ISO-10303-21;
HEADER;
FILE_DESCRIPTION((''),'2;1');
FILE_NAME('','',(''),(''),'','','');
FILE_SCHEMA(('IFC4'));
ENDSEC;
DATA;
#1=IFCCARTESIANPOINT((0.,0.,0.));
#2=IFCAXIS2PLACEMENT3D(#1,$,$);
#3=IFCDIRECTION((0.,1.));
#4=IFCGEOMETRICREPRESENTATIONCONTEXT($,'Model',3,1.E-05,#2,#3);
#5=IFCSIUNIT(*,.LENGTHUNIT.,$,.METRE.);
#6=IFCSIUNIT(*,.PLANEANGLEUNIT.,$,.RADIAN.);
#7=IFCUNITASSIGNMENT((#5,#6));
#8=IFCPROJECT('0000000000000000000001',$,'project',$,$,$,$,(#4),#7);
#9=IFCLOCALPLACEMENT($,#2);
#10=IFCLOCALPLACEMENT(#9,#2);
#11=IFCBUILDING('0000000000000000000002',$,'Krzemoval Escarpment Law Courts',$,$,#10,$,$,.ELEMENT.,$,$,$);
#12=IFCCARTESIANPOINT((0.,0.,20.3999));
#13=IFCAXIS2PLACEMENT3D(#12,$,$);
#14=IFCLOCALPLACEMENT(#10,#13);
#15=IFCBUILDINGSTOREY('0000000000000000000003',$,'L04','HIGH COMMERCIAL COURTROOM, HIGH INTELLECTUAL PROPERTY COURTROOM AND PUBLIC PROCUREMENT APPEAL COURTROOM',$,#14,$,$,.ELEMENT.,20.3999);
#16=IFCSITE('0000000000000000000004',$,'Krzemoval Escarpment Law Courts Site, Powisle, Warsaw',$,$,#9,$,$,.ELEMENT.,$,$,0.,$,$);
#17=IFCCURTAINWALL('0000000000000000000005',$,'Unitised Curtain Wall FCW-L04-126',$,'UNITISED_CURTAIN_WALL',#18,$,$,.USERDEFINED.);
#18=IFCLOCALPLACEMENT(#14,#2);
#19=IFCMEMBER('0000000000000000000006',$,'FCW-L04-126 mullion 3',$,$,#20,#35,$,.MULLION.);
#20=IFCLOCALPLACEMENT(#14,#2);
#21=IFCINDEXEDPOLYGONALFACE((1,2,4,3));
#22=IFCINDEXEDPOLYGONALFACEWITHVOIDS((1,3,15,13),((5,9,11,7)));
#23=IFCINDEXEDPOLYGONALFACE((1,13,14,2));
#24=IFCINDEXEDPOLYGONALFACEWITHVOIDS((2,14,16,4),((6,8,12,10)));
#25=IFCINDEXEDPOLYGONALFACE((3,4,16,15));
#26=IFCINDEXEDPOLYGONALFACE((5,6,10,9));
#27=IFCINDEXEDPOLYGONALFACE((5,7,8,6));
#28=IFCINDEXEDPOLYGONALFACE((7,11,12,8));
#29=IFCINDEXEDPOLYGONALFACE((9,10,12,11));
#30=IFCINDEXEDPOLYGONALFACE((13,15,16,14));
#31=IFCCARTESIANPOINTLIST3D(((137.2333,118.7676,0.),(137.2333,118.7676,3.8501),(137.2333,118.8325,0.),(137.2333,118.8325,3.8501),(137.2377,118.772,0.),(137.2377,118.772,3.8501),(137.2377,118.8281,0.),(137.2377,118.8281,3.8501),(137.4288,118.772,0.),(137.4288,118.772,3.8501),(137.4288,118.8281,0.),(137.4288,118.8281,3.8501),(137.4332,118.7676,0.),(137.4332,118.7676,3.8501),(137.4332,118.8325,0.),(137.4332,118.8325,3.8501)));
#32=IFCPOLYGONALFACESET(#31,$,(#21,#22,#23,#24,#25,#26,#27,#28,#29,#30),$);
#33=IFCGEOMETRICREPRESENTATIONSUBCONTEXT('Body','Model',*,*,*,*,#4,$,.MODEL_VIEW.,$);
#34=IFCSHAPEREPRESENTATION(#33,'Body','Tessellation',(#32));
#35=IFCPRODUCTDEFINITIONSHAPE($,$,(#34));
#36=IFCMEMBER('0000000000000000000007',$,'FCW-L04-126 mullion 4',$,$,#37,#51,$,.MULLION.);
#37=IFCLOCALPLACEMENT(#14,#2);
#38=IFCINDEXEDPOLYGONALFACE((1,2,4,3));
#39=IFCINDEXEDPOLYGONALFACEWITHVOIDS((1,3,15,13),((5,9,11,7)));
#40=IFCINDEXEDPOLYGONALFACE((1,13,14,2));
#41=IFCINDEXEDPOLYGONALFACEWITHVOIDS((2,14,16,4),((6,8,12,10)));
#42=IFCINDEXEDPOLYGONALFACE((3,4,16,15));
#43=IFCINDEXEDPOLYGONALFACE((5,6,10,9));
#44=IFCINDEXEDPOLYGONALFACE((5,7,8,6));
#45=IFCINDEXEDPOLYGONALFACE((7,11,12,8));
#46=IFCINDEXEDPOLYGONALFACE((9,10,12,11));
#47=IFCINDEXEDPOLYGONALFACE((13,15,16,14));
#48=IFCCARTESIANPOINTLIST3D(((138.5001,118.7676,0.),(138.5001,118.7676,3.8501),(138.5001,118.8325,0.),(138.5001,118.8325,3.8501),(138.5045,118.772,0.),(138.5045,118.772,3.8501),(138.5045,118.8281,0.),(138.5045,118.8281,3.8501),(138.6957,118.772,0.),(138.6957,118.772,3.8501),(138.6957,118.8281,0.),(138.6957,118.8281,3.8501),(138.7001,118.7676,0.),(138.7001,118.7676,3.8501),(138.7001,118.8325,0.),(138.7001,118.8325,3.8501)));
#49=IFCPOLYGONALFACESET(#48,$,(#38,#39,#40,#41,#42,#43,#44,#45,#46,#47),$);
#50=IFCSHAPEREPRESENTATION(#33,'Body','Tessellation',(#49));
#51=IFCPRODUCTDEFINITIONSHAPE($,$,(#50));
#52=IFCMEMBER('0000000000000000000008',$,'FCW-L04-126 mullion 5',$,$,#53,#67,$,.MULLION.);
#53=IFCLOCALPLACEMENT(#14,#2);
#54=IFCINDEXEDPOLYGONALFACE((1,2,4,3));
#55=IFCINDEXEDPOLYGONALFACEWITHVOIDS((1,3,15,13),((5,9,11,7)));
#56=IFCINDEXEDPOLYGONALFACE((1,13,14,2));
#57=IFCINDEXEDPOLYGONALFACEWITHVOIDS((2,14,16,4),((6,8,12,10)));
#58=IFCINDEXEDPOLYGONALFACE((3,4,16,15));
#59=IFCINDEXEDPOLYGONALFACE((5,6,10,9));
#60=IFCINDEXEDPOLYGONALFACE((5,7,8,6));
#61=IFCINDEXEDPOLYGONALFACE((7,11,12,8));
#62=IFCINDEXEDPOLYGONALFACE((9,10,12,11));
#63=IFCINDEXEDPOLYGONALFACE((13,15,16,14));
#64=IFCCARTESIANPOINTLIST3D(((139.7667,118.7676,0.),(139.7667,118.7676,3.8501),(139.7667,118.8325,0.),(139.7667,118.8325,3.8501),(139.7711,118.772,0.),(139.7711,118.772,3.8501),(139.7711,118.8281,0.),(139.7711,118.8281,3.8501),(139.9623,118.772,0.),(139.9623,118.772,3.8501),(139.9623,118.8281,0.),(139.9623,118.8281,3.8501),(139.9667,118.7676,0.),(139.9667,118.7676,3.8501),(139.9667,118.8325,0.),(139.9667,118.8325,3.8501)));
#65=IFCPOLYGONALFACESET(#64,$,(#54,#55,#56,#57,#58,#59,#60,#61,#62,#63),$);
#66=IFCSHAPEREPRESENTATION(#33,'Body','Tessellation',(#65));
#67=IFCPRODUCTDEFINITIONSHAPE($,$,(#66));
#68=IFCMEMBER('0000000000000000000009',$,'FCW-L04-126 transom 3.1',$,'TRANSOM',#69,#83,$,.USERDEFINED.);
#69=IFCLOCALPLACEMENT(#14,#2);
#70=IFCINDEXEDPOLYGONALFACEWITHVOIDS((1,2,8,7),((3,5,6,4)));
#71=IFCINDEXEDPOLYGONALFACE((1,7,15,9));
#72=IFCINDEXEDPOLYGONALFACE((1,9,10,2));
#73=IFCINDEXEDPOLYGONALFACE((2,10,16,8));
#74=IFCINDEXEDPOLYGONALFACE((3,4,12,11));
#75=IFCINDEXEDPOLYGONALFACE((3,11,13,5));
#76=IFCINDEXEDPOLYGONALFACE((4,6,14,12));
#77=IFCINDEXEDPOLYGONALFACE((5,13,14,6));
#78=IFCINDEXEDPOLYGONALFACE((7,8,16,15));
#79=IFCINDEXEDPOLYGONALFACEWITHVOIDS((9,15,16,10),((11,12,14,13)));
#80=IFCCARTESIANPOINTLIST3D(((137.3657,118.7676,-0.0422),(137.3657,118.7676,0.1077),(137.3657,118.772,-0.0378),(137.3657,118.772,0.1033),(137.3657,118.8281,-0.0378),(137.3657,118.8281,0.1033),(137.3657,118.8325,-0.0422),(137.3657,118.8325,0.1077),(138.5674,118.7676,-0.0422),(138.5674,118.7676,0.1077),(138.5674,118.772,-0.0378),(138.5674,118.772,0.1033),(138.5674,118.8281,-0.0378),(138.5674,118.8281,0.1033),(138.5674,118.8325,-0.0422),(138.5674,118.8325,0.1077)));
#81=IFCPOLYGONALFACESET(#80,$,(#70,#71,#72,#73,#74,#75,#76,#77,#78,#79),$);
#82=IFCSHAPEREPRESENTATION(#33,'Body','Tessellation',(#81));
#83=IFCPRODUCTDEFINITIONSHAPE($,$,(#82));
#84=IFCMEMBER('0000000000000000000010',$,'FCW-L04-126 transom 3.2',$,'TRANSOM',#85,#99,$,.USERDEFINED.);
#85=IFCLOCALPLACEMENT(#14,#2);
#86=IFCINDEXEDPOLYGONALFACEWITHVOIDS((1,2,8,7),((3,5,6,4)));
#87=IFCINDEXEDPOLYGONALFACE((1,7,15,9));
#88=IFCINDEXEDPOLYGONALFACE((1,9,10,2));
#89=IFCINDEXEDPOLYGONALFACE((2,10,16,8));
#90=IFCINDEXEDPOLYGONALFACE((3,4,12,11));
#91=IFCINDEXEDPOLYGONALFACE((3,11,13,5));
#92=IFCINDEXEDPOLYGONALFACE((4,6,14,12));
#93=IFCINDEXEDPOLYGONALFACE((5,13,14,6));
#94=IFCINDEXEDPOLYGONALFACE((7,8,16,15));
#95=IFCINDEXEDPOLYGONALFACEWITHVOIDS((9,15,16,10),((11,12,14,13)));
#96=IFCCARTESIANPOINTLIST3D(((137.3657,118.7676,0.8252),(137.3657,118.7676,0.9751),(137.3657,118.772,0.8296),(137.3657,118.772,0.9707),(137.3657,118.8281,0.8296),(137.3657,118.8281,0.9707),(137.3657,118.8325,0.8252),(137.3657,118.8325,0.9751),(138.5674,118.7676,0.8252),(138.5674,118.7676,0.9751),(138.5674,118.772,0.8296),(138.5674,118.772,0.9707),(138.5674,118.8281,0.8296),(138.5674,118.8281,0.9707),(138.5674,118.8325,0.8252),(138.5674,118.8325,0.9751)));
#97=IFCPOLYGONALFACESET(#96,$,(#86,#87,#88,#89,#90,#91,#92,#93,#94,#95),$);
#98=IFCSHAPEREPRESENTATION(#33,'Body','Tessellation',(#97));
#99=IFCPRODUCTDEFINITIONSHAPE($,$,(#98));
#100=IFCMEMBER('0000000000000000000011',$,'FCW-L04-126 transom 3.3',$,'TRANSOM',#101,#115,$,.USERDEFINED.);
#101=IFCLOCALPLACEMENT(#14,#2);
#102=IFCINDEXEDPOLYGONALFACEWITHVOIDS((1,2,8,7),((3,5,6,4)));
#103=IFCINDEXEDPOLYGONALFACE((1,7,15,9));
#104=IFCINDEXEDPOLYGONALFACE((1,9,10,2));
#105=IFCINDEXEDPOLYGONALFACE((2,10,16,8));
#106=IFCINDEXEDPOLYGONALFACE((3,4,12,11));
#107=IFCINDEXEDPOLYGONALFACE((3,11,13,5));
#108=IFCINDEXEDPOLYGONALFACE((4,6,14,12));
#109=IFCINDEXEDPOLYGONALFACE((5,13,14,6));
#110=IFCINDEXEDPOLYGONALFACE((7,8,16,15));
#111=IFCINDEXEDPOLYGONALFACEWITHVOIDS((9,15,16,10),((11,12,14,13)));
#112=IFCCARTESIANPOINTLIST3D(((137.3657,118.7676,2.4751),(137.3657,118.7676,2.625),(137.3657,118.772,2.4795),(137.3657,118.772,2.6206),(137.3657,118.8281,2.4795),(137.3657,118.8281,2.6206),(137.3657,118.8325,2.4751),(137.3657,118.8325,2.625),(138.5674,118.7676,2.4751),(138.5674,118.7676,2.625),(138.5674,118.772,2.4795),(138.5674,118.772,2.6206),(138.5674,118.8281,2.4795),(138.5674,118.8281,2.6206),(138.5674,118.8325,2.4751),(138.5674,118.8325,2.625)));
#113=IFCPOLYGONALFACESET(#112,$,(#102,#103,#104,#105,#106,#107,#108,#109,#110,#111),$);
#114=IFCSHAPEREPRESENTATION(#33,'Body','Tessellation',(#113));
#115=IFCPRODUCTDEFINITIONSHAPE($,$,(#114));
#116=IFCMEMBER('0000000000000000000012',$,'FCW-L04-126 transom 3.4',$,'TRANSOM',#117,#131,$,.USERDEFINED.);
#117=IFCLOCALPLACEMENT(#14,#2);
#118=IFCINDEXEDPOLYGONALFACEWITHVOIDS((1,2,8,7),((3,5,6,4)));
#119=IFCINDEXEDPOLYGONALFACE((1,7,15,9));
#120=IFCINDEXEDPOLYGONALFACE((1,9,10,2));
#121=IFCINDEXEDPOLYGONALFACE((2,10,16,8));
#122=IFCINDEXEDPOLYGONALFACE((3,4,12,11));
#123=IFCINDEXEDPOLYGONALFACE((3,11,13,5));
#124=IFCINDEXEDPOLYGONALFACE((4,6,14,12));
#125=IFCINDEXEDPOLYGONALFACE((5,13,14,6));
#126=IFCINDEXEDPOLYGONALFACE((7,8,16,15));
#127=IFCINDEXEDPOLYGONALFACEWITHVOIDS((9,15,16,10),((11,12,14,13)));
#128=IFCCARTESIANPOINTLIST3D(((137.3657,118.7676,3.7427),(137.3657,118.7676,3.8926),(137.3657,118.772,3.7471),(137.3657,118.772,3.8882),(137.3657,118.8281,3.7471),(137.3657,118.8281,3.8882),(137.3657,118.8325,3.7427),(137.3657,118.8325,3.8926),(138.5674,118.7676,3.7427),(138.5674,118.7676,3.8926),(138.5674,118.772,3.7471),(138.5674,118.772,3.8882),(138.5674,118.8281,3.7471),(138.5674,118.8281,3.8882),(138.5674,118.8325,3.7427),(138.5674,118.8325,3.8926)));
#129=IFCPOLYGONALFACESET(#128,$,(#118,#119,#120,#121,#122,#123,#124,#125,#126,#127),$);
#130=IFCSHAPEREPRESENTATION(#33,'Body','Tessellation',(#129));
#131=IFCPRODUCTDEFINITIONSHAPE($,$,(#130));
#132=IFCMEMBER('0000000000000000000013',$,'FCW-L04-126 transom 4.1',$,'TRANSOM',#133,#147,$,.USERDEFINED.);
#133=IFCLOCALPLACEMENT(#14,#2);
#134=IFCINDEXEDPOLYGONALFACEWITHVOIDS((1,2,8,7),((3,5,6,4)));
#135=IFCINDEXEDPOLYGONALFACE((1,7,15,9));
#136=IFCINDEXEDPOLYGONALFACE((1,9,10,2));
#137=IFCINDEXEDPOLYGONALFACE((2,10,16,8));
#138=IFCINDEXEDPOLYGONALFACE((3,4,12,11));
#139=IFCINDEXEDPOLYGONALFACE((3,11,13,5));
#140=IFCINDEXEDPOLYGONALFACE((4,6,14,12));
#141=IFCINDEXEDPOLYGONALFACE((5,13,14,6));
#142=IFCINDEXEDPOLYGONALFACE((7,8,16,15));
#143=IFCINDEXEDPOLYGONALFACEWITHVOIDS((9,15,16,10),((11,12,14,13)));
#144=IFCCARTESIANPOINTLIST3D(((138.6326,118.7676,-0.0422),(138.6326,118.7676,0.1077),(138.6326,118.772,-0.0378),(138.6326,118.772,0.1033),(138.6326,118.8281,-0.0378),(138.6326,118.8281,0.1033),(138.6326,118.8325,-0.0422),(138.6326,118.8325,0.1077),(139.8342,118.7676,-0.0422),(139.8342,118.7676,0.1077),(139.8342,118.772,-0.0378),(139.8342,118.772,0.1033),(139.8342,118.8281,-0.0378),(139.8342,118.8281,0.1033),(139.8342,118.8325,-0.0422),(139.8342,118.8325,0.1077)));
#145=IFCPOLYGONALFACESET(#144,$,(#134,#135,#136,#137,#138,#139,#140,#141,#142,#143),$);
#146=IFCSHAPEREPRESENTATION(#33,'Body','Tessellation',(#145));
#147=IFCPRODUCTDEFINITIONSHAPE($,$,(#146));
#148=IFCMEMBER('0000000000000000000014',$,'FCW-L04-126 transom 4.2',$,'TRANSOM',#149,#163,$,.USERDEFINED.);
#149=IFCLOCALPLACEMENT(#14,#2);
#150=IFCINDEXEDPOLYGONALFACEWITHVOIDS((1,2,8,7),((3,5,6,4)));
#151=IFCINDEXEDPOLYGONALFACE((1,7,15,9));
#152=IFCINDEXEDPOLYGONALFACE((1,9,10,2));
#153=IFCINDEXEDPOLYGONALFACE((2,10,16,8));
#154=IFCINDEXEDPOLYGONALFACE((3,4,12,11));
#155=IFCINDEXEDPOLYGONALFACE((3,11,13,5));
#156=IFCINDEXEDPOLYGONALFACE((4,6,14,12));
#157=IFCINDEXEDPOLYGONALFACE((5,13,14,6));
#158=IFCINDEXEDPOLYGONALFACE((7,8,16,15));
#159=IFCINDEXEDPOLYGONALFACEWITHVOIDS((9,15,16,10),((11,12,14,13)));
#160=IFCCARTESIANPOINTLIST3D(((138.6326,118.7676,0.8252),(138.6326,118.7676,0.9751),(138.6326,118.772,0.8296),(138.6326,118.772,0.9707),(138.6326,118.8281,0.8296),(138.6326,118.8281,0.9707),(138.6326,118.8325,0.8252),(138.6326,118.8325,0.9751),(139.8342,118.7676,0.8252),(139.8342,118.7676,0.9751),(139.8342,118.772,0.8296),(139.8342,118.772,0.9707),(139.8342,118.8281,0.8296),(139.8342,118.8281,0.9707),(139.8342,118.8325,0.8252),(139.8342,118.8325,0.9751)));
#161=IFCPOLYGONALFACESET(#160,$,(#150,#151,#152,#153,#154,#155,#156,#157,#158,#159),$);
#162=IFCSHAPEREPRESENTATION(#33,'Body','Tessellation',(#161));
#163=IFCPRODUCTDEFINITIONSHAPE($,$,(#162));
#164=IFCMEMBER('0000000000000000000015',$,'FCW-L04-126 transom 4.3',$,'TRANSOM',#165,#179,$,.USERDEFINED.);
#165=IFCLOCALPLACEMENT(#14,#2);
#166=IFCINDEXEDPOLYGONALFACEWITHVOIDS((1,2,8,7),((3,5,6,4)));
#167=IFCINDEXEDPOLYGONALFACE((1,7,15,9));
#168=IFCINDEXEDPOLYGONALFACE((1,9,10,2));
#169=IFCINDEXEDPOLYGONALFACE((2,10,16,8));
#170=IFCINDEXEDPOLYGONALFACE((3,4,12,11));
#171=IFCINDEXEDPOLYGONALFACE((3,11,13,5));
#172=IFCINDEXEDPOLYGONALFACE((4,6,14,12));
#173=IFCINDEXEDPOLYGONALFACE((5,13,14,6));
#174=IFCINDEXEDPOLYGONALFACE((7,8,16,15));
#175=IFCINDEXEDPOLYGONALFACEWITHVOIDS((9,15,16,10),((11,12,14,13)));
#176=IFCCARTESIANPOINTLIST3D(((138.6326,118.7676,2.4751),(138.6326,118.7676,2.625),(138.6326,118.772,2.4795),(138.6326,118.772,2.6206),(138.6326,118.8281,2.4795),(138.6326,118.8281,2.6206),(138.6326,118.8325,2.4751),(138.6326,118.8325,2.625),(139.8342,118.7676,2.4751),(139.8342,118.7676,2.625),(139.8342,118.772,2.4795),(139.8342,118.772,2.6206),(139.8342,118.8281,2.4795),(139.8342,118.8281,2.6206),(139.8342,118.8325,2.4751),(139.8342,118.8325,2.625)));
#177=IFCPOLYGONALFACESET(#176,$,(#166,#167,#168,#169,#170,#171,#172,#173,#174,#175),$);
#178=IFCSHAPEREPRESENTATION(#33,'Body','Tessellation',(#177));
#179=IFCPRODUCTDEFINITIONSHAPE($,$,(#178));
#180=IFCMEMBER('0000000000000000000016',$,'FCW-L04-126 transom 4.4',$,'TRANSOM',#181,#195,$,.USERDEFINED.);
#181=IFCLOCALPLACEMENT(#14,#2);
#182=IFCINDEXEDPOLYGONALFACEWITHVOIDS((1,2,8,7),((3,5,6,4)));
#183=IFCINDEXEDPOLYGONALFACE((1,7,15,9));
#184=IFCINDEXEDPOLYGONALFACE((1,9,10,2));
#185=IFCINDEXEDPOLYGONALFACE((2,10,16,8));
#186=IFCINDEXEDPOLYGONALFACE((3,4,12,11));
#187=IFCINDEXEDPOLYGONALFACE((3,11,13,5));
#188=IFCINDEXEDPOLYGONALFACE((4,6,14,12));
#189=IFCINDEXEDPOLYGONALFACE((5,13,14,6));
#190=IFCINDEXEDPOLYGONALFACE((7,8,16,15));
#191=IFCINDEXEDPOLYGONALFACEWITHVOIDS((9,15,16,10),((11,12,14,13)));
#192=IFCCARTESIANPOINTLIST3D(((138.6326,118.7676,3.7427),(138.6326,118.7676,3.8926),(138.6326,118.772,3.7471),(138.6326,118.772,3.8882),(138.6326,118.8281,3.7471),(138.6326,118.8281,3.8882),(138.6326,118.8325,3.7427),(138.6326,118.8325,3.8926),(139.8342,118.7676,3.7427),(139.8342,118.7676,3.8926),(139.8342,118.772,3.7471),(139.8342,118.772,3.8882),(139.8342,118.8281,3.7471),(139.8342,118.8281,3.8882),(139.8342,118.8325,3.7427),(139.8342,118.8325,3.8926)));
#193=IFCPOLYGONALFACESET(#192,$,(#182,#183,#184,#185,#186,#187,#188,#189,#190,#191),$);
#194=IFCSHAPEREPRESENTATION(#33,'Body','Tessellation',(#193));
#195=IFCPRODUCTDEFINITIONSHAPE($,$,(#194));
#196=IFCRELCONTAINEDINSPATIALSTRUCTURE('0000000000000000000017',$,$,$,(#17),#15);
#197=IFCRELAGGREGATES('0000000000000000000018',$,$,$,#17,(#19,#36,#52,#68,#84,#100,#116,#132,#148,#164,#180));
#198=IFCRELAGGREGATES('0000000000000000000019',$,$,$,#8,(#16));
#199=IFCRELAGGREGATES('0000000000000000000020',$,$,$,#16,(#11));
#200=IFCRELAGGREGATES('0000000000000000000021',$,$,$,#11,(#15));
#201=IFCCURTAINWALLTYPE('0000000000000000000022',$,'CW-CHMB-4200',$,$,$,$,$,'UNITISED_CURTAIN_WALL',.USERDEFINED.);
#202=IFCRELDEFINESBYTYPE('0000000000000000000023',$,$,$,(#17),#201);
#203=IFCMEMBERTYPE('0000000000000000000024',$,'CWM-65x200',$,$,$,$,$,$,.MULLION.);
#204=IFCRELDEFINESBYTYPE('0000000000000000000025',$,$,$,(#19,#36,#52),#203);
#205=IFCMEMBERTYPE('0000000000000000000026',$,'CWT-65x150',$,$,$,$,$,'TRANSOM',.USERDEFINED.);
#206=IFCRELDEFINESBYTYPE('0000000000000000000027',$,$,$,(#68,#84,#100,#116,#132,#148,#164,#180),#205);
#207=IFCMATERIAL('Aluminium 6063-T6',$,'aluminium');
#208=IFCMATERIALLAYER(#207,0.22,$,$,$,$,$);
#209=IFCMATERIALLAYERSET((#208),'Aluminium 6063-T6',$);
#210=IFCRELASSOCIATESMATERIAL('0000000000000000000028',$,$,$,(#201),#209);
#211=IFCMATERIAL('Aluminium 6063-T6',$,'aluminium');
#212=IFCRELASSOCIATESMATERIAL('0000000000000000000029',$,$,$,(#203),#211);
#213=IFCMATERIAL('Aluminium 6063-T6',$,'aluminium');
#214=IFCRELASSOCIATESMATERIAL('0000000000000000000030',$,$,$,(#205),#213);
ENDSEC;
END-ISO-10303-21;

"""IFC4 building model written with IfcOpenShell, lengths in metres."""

from ifc_helpers import new_model, si_unit, direction, frame, origin, origin_2d, place, context, subcontext, project, spatial, hollow_rectangle, extrude, material, layer, layer_set, material_profile, profile_set, type_object, element, aggregate, save


model = new_model("IFC4")

# Units and contexts
model_context = context("Model", 3, precision=1e-05, world=origin(), true_north=direction((0.0, 1.0)))
body_context = subcontext(model_context, "Body", "Model", "MODEL_VIEW")
ifc_project = project(units=[si_unit("LENGTHUNIT", "METRE"), si_unit("PLANEANGLEUNIT", "RADIAN")], contexts=[model_context])

# Site, building, storey
site_placement = place(None, origin())
site = spatial("IfcSite", under=ifc_project, at=site_placement, Name="Krzemoval Escarpment Law Courts Site, Powisle, Warsaw", CompositionType="ELEMENT", RefElevation=0.0)
building_placement = place(site_placement, origin())
building = spatial("IfcBuilding", under=site, at=building_placement, Name="Krzemoval Escarpment Law Courts", CompositionType="ELEMENT")
storey_placement = place(building_placement, frame((0.0, 0.0, 20.3999)))
storey = spatial("IfcBuildingStorey", under=building, at=storey_placement, Name="L04", Description="HIGH COMMERCIAL COURTROOM, HIGH INTELLECTUAL PROPERTY COURTROOM AND PUBLIC PROCUREMENT APPEAL COURTROOM", CompositionType="ELEMENT", Elevation=20.3999)

# Curtain wall, members
ifc_material_1 = material(Name="Aluminium 6063-T6", Category="aluminium")
ifc_layer_1 = layer(ifc_material_1, 0.22)
ifc_layer_set_1 = layer_set([ifc_layer_1], Name="Aluminium 6063-T6")
curtain_wall_type = type_object("IfcCurtainWallType", Name="CW-CHMB-4200", ElementType="UNITISED_CURTAIN_WALL", PredefinedType="USERDEFINED", material=ifc_layer_set_1)
curtain_wall_placement = place(storey_placement, origin())
curtain_wall = element("IfcCurtainWall", 1, at=curtain_wall_placement, inside=storey, type_object=curtain_wall_type, Name="Unitised Curtain Wall FCW-L04-126", ObjectType="UNITISED_CURTAIN_WALL", PredefinedType="USERDEFINED")
ifc_material_2 = material(Name="Aluminium 6063-T6", Category="aluminium")
ifc_material_profile_1 = material_profile(ifc_material_2, hollow_rectangle(XDim=0.0649, YDim=0.2, WallThickness=0.0044, at=origin_2d()), Name="ALU M65x200")
ifc_profile_set_1 = profile_set([ifc_material_profile_1], Name="Aluminium 6063-T6")
member_type_1 = type_object("IfcMemberType", Name="CWM-65x200", PredefinedType="MULLION", material=ifc_profile_set_1)
member_1_placement = place(storey_placement, frame((137.3333, 118.8, 0.0), z_axis=(0.0, 0.0, 1.0), x_axis=(0.0, 1.0, 0.0)))
member_1 = element("IfcMember", 2, at=member_1_placement, type_object=member_type_1, Name="FCW-L04-126 mullion 3", PredefinedType="MULLION", context=body_context, shape_type="SweptSolid", body=[
    extrude(hollow_rectangle(XDim=0.0649, YDim=0.2, WallThickness=0.0044, at=origin_2d()), origin(), (0.0, 0.0, 1.0), 3.8501),
])
member_2_placement = place(storey_placement, frame((138.6001, 118.8, 0.0), z_axis=(0.0, 0.0, 1.0), x_axis=(0.0, 1.0, 0.0)))
member_2 = element("IfcMember", 3, at=member_2_placement, type_object=member_type_1, Name="FCW-L04-126 mullion 4", PredefinedType="MULLION", context=body_context, shape_type="SweptSolid", body=[
    extrude(hollow_rectangle(XDim=0.0649, YDim=0.2, WallThickness=0.0044, at=origin_2d()), origin(), (0.0, 0.0, 1.0), 3.8501),
])
member_3_placement = place(storey_placement, frame((139.8667, 118.8, 0.0), z_axis=(0.0, 0.0, 1.0), x_axis=(0.0, 1.0, 0.0)))
member_3 = element("IfcMember", 4, at=member_3_placement, type_object=member_type_1, Name="FCW-L04-126 mullion 5", PredefinedType="MULLION", context=body_context, shape_type="SweptSolid", body=[
    extrude(hollow_rectangle(XDim=0.0649, YDim=0.2, WallThickness=0.0044, at=origin_2d()), origin(), (0.0, 0.0, 1.0), 3.8501),
])
ifc_material_3 = material(Name="Aluminium 6063-T6", Category="aluminium")
ifc_material_profile_2 = material_profile(ifc_material_3, hollow_rectangle(XDim=0.0649, YDim=0.1499, WallThickness=0.0044, at=origin_2d()), Name="ALU T65x150")
ifc_profile_set_2 = profile_set([ifc_material_profile_2], Name="Aluminium 6063-T6")
member_type_2 = type_object("IfcMemberType", Name="CWT-65x150", ElementType="TRANSOM", PredefinedType="USERDEFINED", material=ifc_profile_set_2)
member_4_placement = place(storey_placement, frame((137.3657, 118.8, 0.0327), z_axis=(1.0, 0.0, 0.0), x_axis=(0.0, 1.0, 0.0)))
member_4 = element("IfcMember", 5, at=member_4_placement, type_object=member_type_2, Name="FCW-L04-126 transom 3.1", ObjectType="TRANSOM", PredefinedType="USERDEFINED", context=body_context, shape_type="SweptSolid", body=[
    extrude(hollow_rectangle(XDim=0.0649, YDim=0.1499, WallThickness=0.0044, at=origin_2d()), origin(), (0.0, 0.0, 1.0), 1.2017),
])
member_5_placement = place(storey_placement, frame((137.3657, 118.8, 0.9001), z_axis=(1.0, 0.0, 0.0), x_axis=(0.0, 1.0, 0.0)))
member_5 = element("IfcMember", 6, at=member_5_placement, type_object=member_type_2, Name="FCW-L04-126 transom 3.2", ObjectType="TRANSOM", PredefinedType="USERDEFINED", context=body_context, shape_type="SweptSolid", body=[
    extrude(hollow_rectangle(XDim=0.0649, YDim=0.1499, WallThickness=0.0044, at=origin_2d()), origin(), (0.0, 0.0, 1.0), 1.2017),
])
member_6_placement = place(storey_placement, frame((137.3657, 118.8, 2.55), z_axis=(1.0, 0.0, 0.0), x_axis=(0.0, 1.0, 0.0)))
member_6 = element("IfcMember", 7, at=member_6_placement, type_object=member_type_2, Name="FCW-L04-126 transom 3.3", ObjectType="TRANSOM", PredefinedType="USERDEFINED", context=body_context, shape_type="SweptSolid", body=[
    extrude(hollow_rectangle(XDim=0.0649, YDim=0.1499, WallThickness=0.0044, at=origin_2d()), origin(), (0.0, 0.0, 1.0), 1.2017),
])
member_7_placement = place(storey_placement, frame((137.3657, 118.8, 3.8176), z_axis=(1.0, 0.0, 0.0), x_axis=(0.0, 1.0, 0.0)))
member_7 = element("IfcMember", 8, at=member_7_placement, type_object=member_type_2, Name="FCW-L04-126 transom 3.4", ObjectType="TRANSOM", PredefinedType="USERDEFINED", context=body_context, shape_type="SweptSolid", body=[
    extrude(hollow_rectangle(XDim=0.0649, YDim=0.1499, WallThickness=0.0044, at=origin_2d()), origin(), (0.0, 0.0, 1.0), 1.2017),
])
member_8_placement = place(storey_placement, frame((138.6326, 118.8, 0.0327), z_axis=(1.0, 0.0, 0.0), x_axis=(0.0, 1.0, 0.0)))
member_8 = element("IfcMember", 9, at=member_8_placement, type_object=member_type_2, Name="FCW-L04-126 transom 4.1", ObjectType="TRANSOM", PredefinedType="USERDEFINED", context=body_context, shape_type="SweptSolid", body=[
    extrude(hollow_rectangle(XDim=0.0649, YDim=0.1499, WallThickness=0.0044, at=origin_2d()), origin(), (0.0, 0.0, 1.0), 1.2017),
])
member_9_placement = place(storey_placement, frame((138.6326, 118.8, 0.9001), z_axis=(1.0, 0.0, 0.0), x_axis=(0.0, 1.0, 0.0)))
member_9 = element("IfcMember", 10, at=member_9_placement, type_object=member_type_2, Name="FCW-L04-126 transom 4.2", ObjectType="TRANSOM", PredefinedType="USERDEFINED", context=body_context, shape_type="SweptSolid", body=[
    extrude(hollow_rectangle(XDim=0.0649, YDim=0.1499, WallThickness=0.0044, at=origin_2d()), origin(), (0.0, 0.0, 1.0), 1.2017),
])
member_10_placement = place(storey_placement, frame((138.6326, 118.8, 2.55), z_axis=(1.0, 0.0, 0.0), x_axis=(0.0, 1.0, 0.0)))
member_10 = element("IfcMember", 11, at=member_10_placement, type_object=member_type_2, Name="FCW-L04-126 transom 4.3", ObjectType="TRANSOM", PredefinedType="USERDEFINED", context=body_context, shape_type="SweptSolid", body=[
    extrude(hollow_rectangle(XDim=0.0649, YDim=0.1499, WallThickness=0.0044, at=origin_2d()), origin(), (0.0, 0.0, 1.0), 1.2017),
])
member_11_placement = place(storey_placement, frame((138.6326, 118.8, 3.8176), z_axis=(1.0, 0.0, 0.0), x_axis=(0.0, 1.0, 0.0)))
member_11 = element("IfcMember", 12, at=member_11_placement, type_object=member_type_2, Name="FCW-L04-126 transom 4.4", ObjectType="TRANSOM", PredefinedType="USERDEFINED", context=body_context, shape_type="SweptSolid", body=[
    extrude(hollow_rectangle(XDim=0.0649, YDim=0.1499, WallThickness=0.0044, at=origin_2d()), origin(), (0.0, 0.0, 1.0), 1.2017),
])
aggregate(curtain_wall, [member_1, member_2, member_3, member_4, member_5, member_6, member_7, member_8, member_9, member_10, member_11])

save(model, "model.ifc")
